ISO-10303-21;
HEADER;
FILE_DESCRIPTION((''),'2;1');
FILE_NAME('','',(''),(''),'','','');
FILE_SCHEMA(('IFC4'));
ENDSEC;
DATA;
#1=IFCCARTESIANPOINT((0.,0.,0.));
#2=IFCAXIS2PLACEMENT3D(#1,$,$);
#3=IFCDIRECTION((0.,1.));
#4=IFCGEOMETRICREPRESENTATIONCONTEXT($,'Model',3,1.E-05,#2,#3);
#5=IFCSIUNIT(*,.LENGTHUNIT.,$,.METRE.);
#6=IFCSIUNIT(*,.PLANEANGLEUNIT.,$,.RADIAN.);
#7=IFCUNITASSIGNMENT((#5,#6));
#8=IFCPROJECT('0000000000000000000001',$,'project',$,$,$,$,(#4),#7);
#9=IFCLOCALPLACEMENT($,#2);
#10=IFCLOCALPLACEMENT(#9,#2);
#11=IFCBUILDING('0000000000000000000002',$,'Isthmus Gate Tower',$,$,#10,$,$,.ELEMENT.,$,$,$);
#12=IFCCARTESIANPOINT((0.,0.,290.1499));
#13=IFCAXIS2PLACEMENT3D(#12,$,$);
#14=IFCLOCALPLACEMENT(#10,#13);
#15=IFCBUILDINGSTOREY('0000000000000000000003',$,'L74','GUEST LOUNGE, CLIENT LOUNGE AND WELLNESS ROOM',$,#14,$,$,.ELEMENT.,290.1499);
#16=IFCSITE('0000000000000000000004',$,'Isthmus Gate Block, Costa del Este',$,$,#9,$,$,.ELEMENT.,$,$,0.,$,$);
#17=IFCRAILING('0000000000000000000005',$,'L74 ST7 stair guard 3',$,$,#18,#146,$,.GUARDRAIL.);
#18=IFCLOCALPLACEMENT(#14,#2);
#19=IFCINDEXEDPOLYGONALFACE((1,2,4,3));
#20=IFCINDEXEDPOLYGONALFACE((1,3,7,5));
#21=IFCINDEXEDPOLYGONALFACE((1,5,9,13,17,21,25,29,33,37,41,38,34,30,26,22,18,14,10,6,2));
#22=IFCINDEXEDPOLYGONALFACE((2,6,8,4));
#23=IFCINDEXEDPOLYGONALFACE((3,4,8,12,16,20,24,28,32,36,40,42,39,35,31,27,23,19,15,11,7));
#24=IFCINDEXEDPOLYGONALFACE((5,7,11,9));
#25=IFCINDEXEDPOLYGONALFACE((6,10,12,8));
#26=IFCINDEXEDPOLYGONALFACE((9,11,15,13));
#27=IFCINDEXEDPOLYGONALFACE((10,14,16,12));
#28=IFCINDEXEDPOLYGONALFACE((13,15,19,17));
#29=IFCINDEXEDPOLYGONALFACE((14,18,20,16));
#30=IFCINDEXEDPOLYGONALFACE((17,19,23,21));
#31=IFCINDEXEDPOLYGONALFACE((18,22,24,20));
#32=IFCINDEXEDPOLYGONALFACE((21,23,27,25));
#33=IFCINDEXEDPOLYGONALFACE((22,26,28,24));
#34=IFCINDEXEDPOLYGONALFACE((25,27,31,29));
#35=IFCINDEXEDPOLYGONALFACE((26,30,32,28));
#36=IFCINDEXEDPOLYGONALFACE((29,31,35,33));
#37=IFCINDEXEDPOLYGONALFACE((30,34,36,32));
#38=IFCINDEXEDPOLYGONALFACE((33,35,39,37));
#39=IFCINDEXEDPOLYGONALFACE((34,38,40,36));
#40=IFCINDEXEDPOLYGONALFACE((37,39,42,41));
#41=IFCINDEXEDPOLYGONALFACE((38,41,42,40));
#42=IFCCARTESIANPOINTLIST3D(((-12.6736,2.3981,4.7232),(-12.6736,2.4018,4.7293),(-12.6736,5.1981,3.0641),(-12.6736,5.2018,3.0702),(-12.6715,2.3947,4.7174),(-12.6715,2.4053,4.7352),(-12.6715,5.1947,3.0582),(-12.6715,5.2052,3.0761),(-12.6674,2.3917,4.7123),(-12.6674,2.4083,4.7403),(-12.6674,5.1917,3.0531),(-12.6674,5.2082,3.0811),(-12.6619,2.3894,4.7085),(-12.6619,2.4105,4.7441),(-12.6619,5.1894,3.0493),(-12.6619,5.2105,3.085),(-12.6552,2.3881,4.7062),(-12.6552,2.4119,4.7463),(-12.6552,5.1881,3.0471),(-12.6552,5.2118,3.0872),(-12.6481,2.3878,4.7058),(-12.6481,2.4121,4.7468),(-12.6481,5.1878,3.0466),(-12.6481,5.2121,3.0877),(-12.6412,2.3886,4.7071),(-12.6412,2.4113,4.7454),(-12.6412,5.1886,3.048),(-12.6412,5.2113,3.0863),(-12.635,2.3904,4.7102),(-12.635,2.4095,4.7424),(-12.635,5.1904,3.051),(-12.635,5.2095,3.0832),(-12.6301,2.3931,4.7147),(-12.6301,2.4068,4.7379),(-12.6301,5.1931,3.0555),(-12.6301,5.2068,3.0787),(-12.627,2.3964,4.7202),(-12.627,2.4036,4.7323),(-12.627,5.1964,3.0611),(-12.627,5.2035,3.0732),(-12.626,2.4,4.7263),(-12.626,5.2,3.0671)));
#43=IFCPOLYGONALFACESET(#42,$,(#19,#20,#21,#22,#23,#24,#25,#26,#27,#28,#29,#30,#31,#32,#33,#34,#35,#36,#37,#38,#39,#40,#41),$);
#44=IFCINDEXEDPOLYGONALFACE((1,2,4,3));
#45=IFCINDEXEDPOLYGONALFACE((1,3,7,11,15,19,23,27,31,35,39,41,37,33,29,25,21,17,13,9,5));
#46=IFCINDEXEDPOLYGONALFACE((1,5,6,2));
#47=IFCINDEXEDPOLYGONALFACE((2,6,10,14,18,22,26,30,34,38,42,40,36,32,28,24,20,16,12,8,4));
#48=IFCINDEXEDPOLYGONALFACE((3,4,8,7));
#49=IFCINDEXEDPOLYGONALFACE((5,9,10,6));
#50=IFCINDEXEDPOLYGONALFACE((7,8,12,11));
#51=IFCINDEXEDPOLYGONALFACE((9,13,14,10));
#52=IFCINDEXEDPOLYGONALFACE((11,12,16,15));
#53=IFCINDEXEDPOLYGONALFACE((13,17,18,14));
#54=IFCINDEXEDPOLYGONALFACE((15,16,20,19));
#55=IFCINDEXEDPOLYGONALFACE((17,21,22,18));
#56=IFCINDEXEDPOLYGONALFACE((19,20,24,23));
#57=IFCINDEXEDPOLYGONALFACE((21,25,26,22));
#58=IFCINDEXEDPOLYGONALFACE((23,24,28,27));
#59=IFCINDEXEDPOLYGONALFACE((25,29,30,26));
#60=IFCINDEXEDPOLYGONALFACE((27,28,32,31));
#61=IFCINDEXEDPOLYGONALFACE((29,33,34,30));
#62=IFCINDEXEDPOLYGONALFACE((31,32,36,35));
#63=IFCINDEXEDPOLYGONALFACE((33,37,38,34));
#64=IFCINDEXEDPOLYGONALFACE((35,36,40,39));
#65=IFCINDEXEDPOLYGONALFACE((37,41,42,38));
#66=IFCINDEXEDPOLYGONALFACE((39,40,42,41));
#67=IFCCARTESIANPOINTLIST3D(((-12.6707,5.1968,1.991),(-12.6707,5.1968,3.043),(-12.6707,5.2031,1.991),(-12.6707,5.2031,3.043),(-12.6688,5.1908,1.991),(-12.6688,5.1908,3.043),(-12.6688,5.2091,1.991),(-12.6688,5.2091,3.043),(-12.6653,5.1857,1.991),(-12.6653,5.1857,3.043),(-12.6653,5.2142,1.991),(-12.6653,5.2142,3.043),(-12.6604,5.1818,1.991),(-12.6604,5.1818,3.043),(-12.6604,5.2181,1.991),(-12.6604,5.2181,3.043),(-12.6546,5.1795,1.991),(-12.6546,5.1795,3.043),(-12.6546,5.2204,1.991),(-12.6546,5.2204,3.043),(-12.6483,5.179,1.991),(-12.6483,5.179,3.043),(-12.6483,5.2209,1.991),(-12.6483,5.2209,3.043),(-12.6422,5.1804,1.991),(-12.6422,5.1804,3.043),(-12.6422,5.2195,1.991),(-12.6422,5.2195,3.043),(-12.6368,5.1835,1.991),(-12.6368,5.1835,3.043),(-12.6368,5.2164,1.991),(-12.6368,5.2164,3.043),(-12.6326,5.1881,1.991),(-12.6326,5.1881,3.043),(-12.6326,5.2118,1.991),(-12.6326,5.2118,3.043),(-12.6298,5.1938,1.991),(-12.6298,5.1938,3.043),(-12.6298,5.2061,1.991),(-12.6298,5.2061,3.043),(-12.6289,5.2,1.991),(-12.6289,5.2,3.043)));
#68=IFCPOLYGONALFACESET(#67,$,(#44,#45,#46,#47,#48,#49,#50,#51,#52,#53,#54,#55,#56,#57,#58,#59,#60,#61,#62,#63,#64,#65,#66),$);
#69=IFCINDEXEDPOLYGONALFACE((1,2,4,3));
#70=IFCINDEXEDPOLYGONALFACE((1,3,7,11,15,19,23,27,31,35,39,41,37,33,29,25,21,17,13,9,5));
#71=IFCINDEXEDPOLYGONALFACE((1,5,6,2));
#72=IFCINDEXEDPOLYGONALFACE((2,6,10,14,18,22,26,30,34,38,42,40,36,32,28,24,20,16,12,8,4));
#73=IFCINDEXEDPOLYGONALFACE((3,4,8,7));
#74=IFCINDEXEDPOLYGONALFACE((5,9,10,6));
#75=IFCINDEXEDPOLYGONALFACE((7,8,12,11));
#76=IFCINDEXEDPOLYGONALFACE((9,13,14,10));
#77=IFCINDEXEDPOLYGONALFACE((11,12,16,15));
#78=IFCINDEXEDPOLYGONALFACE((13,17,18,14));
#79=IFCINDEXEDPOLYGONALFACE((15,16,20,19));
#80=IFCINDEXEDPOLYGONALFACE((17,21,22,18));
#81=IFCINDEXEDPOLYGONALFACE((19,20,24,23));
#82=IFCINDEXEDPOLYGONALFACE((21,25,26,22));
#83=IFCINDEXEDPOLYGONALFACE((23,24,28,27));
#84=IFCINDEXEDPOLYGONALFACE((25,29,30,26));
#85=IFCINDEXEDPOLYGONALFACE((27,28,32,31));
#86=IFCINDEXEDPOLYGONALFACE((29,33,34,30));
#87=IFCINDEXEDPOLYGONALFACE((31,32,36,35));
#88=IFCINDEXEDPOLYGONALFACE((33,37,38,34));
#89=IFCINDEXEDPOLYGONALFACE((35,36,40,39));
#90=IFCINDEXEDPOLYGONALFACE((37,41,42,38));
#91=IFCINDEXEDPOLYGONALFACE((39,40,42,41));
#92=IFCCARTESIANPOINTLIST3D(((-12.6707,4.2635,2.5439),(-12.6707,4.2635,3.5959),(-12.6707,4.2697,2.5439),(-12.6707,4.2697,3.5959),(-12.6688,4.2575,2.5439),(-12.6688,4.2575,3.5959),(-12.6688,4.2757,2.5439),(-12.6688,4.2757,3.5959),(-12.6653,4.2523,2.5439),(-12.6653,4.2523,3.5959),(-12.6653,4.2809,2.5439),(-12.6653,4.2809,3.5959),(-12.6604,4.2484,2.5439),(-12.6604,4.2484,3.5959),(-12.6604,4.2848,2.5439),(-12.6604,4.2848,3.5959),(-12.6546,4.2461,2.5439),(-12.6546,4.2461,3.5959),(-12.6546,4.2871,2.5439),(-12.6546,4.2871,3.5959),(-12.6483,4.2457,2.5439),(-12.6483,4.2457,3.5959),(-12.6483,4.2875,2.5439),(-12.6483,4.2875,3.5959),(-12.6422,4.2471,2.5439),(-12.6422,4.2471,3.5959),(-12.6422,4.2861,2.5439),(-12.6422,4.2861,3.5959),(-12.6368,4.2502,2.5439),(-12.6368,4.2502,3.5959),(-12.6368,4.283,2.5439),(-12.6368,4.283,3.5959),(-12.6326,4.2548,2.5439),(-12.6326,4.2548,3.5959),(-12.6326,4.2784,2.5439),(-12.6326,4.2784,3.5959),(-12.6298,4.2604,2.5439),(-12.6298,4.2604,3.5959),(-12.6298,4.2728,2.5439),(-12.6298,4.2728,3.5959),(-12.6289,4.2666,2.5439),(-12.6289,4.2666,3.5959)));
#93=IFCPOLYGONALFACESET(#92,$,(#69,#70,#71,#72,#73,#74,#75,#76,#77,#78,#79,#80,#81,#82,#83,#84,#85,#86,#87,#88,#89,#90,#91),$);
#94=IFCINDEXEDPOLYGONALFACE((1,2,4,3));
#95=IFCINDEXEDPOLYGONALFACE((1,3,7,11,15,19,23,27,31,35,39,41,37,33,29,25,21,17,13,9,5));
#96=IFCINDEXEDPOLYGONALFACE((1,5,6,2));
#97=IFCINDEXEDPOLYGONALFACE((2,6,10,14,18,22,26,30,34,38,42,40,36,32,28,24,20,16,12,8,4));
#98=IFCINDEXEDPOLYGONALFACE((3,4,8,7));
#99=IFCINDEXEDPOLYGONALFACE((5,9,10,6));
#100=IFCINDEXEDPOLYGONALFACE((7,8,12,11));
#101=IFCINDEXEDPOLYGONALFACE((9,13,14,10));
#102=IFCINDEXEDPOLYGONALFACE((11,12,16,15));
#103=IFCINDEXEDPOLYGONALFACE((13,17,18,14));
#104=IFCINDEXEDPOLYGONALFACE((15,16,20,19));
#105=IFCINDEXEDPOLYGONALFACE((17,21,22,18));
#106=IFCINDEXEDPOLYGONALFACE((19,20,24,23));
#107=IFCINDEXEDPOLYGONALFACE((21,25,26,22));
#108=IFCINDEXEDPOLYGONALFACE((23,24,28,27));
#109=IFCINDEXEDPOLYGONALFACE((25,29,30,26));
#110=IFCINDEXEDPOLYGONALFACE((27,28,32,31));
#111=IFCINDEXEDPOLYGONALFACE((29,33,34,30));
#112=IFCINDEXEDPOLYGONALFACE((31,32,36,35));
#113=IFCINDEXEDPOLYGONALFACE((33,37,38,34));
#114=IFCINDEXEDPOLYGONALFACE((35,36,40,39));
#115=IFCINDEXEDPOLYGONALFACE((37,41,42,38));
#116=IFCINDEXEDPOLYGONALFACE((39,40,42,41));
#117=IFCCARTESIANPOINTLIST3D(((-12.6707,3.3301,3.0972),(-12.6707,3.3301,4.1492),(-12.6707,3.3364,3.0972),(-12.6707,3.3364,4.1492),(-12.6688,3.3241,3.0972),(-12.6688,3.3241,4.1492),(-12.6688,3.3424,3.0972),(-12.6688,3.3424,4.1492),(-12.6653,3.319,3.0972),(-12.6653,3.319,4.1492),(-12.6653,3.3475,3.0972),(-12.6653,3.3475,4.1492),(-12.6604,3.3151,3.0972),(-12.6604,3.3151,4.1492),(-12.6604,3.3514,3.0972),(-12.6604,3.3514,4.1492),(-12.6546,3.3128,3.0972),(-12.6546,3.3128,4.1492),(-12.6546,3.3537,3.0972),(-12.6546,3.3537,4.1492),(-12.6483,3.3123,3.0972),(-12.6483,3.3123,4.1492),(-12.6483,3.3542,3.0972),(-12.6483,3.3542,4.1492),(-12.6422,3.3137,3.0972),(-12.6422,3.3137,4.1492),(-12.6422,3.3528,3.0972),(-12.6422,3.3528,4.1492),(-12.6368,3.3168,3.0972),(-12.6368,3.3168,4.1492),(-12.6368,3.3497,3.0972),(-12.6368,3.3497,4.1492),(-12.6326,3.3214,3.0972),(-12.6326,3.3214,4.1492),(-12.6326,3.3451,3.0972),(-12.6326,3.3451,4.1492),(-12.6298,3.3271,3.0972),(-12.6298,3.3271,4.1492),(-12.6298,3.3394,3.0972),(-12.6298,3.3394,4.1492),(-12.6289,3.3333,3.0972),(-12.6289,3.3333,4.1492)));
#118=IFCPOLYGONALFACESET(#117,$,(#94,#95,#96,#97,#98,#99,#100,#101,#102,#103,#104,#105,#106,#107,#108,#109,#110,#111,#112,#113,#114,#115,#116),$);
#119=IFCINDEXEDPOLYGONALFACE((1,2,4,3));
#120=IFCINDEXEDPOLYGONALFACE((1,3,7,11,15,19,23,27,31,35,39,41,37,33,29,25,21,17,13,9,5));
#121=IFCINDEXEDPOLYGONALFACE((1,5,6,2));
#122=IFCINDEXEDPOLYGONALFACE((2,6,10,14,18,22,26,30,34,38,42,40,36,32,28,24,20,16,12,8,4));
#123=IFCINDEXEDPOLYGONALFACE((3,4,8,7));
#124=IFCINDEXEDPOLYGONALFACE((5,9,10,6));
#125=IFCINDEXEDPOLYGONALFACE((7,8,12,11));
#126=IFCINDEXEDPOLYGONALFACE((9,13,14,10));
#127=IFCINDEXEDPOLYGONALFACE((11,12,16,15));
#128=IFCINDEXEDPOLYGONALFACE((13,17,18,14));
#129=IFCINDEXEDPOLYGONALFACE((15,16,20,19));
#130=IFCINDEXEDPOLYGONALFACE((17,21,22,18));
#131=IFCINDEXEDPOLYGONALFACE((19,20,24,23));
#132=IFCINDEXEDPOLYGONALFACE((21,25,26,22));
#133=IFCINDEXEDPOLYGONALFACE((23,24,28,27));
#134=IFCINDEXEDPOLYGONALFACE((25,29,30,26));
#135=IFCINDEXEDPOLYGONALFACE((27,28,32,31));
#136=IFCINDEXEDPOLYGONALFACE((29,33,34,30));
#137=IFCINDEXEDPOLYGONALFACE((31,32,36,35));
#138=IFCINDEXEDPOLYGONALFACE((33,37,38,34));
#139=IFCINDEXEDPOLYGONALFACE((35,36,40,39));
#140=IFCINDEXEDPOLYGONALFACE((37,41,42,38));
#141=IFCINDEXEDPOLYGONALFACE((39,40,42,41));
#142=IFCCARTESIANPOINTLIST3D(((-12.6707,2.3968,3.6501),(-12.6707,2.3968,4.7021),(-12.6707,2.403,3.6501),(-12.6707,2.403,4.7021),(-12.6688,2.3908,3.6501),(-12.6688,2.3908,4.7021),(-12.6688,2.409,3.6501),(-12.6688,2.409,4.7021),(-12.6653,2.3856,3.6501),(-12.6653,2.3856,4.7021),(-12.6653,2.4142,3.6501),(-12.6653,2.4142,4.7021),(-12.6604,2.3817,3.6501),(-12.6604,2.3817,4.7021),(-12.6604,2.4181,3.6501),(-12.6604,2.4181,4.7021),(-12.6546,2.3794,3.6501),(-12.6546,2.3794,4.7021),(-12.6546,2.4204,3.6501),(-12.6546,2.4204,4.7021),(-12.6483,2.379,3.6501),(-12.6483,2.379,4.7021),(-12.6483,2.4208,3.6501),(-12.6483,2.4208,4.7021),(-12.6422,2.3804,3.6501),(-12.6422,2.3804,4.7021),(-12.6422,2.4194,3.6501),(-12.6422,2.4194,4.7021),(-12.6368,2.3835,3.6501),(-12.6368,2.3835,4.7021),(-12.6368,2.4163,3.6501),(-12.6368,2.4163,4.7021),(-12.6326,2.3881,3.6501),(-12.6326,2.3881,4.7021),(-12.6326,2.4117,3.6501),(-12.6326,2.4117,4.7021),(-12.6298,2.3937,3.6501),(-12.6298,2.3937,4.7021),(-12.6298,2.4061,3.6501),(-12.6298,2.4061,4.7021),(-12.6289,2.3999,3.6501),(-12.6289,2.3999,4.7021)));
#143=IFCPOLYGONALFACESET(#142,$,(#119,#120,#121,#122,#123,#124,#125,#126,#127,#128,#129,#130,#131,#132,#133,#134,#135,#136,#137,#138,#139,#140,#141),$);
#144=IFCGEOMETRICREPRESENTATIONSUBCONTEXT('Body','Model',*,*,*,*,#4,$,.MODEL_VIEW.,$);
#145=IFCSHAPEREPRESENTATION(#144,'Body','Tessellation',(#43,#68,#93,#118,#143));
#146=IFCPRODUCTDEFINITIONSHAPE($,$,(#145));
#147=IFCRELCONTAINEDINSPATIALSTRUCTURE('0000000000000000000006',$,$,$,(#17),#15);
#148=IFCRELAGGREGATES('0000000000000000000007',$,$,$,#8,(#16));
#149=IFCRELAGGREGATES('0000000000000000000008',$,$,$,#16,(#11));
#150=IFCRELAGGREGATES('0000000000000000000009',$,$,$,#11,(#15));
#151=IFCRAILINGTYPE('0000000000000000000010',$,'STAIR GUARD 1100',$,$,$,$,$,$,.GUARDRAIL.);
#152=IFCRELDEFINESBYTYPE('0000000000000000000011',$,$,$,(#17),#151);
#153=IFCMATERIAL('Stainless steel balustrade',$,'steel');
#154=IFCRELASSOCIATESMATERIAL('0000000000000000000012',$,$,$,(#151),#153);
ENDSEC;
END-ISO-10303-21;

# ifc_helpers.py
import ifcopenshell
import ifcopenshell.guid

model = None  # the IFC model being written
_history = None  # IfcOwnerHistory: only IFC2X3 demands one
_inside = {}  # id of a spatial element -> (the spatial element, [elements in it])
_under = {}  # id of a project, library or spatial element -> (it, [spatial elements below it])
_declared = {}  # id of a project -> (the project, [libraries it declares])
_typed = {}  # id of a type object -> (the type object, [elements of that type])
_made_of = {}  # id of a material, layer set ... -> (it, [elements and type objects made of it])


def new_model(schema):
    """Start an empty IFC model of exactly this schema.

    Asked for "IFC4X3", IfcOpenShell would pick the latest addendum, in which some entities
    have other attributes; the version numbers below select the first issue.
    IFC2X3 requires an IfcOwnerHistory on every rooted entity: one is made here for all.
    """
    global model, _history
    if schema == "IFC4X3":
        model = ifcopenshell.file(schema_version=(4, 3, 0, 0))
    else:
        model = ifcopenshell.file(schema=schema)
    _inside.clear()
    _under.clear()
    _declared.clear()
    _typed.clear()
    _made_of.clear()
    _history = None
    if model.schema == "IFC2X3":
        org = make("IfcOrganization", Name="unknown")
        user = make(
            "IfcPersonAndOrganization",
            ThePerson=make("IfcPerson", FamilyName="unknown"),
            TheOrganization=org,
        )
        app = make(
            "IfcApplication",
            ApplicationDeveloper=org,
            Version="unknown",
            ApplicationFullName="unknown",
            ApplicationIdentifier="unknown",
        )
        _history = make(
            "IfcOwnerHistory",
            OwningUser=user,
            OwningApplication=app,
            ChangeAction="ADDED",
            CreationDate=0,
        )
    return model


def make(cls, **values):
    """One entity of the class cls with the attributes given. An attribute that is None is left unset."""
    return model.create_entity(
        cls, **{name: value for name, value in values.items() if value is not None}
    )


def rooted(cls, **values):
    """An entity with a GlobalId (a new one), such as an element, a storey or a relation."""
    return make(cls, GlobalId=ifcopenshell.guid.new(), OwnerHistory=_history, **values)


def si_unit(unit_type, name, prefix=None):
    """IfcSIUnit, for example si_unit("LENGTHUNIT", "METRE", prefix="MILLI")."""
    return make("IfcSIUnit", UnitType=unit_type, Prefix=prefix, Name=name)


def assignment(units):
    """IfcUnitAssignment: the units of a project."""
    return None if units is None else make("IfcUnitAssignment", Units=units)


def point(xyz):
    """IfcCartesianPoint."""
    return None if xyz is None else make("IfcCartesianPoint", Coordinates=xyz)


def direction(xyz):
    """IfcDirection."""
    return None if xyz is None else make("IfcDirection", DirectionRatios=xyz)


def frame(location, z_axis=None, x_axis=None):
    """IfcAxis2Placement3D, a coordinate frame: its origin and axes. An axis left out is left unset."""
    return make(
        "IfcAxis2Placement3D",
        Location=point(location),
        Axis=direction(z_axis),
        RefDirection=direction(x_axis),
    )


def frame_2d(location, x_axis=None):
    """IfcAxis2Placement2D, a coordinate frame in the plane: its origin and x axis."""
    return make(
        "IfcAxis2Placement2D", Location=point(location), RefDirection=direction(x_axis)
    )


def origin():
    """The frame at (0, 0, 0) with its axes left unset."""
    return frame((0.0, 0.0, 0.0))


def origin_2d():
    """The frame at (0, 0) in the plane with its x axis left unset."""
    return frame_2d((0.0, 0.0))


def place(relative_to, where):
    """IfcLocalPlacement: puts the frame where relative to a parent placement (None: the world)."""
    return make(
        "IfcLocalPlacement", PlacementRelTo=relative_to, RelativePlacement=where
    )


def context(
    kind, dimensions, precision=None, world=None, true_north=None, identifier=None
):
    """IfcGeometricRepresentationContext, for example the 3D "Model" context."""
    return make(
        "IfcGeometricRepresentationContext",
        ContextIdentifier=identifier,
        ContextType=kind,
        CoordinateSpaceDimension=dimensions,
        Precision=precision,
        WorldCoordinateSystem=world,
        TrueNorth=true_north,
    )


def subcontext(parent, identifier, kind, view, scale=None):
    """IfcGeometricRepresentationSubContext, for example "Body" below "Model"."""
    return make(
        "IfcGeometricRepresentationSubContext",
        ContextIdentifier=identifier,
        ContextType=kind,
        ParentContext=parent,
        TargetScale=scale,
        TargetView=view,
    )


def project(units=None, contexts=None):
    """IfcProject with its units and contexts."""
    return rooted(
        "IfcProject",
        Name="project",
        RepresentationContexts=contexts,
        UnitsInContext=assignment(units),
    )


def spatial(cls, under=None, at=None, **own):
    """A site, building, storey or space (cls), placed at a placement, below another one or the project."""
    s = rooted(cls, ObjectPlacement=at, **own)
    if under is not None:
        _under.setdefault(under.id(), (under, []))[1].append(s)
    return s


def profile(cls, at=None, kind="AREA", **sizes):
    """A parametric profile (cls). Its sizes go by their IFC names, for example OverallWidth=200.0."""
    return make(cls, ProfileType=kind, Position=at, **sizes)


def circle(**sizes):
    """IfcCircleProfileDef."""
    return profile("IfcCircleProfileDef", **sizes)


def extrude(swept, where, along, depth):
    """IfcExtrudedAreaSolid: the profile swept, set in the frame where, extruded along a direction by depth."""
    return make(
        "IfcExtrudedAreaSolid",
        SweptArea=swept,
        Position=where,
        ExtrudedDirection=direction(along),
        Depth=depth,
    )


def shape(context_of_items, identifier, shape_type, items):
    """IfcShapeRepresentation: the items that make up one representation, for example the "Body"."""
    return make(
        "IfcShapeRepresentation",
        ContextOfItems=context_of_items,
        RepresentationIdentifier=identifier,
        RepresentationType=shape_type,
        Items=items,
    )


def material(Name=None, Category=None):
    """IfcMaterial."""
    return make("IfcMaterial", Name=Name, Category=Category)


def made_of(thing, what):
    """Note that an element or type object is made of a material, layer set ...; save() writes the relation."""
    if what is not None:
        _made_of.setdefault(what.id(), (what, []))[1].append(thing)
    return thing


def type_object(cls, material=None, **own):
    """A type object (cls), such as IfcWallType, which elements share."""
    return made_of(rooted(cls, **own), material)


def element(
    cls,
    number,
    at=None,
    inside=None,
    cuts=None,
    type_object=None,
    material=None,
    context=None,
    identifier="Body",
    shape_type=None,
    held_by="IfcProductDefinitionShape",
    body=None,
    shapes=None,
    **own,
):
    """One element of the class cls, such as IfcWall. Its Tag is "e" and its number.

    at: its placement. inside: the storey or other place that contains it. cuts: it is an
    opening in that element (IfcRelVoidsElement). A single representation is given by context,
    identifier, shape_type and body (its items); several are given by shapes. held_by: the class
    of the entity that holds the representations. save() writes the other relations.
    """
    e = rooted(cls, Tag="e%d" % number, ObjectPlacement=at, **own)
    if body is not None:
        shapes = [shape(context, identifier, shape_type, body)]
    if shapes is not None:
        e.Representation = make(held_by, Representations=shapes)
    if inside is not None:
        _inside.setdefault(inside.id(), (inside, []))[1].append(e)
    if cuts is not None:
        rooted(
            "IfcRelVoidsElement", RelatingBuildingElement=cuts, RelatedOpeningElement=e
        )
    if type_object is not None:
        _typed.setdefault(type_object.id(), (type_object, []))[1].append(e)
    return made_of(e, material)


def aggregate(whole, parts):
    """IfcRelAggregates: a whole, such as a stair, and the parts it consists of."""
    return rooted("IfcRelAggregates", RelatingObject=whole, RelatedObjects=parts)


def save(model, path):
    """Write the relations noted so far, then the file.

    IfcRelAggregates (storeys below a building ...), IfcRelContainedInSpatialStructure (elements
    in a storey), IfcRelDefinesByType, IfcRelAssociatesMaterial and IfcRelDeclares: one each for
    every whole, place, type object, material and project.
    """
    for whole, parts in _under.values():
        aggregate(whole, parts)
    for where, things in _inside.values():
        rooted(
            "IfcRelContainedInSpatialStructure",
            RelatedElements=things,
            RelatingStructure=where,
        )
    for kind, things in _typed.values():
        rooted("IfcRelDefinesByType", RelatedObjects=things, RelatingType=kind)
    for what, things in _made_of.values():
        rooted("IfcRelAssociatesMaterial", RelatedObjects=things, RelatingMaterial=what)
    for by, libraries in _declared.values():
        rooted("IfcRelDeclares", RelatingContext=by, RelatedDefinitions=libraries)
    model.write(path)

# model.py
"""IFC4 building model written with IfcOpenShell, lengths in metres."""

from ifc_helpers import new_model, si_unit, direction, frame, origin, origin_2d, place, context, subcontext, project, spatial, circle, extrude, material, type_object, element, save


model = new_model("IFC4")

# Units and contexts
model_context = context("Model", 3, precision=1e-05, world=origin(), true_north=direction((0.0, 1.0)))
body_context = subcontext(model_context, "Body", "Model", "MODEL_VIEW")
ifc_project = project(units=[si_unit("LENGTHUNIT", "METRE"), si_unit("PLANEANGLEUNIT", "RADIAN")], contexts=[model_context])

# Site, building, storey
site_placement = place(None, origin())
site = spatial("IfcSite", under=ifc_project, at=site_placement, Name="Isthmus Gate Block, Costa del Este", CompositionType="ELEMENT", RefElevation=0.0)
building_placement = place(site_placement, origin())
building = spatial("IfcBuilding", under=site, at=building_placement, Name="Isthmus Gate Tower", CompositionType="ELEMENT")
storey_placement = place(building_placement, frame((0.0, 0.0, 290.1499)))
storey = spatial("IfcBuildingStorey", under=building, at=storey_placement, Name="L74", Description="GUEST LOUNGE, CLIENT LOUNGE AND WELLNESS ROOM", CompositionType="ELEMENT", Elevation=290.1499)

# Railing
ifc_material_1 = material(Name="Stainless steel balustrade", Category="steel")
railing_type_1 = type_object("IfcRailingType", Name="STAIR GUARD 1100", PredefinedType="GUARDRAIL", material=ifc_material_1)
railing_1_placement = place(storey_placement, frame((-12.6499, 5.2, 1.991)))
element("IfcRailing", 1, at=railing_1_placement, inside=storey, type_object=railing_type_1, Name="L74 ST7 stair guard 3", PredefinedType="GUARDRAIL", context=body_context, shape_type="SweptSolid", body=[
    extrude(circle(Radius=0.0239, at=origin_2d()), frame((0.0, 0.0, 1.0762), z_axis=(0.0, -0.860306, 0.509778), x_axis=(1.0, 0.0, 0.0)), (0.0, 0.0, 1.0), 3.2546),
    extrude(circle(Radius=0.021, at=origin_2d()), origin(), (0.0, 0.0, 1.0), 1.052),
    extrude(circle(Radius=0.021, at=origin_2d()), frame((0.0, -0.9333, 0.553)), (0.0, 0.0, 1.0), 1.052),
    extrude(circle(Radius=0.021, at=origin_2d()), frame((0.0, -1.8667, 1.1062)), (0.0, 0.0, 1.0), 1.052),
    extrude(circle(Radius=0.021, at=origin_2d()), frame((0.0, -2.8, 1.6592)), (0.0, 0.0, 1.0), 1.052),
])

save(model, "model.ifc")
